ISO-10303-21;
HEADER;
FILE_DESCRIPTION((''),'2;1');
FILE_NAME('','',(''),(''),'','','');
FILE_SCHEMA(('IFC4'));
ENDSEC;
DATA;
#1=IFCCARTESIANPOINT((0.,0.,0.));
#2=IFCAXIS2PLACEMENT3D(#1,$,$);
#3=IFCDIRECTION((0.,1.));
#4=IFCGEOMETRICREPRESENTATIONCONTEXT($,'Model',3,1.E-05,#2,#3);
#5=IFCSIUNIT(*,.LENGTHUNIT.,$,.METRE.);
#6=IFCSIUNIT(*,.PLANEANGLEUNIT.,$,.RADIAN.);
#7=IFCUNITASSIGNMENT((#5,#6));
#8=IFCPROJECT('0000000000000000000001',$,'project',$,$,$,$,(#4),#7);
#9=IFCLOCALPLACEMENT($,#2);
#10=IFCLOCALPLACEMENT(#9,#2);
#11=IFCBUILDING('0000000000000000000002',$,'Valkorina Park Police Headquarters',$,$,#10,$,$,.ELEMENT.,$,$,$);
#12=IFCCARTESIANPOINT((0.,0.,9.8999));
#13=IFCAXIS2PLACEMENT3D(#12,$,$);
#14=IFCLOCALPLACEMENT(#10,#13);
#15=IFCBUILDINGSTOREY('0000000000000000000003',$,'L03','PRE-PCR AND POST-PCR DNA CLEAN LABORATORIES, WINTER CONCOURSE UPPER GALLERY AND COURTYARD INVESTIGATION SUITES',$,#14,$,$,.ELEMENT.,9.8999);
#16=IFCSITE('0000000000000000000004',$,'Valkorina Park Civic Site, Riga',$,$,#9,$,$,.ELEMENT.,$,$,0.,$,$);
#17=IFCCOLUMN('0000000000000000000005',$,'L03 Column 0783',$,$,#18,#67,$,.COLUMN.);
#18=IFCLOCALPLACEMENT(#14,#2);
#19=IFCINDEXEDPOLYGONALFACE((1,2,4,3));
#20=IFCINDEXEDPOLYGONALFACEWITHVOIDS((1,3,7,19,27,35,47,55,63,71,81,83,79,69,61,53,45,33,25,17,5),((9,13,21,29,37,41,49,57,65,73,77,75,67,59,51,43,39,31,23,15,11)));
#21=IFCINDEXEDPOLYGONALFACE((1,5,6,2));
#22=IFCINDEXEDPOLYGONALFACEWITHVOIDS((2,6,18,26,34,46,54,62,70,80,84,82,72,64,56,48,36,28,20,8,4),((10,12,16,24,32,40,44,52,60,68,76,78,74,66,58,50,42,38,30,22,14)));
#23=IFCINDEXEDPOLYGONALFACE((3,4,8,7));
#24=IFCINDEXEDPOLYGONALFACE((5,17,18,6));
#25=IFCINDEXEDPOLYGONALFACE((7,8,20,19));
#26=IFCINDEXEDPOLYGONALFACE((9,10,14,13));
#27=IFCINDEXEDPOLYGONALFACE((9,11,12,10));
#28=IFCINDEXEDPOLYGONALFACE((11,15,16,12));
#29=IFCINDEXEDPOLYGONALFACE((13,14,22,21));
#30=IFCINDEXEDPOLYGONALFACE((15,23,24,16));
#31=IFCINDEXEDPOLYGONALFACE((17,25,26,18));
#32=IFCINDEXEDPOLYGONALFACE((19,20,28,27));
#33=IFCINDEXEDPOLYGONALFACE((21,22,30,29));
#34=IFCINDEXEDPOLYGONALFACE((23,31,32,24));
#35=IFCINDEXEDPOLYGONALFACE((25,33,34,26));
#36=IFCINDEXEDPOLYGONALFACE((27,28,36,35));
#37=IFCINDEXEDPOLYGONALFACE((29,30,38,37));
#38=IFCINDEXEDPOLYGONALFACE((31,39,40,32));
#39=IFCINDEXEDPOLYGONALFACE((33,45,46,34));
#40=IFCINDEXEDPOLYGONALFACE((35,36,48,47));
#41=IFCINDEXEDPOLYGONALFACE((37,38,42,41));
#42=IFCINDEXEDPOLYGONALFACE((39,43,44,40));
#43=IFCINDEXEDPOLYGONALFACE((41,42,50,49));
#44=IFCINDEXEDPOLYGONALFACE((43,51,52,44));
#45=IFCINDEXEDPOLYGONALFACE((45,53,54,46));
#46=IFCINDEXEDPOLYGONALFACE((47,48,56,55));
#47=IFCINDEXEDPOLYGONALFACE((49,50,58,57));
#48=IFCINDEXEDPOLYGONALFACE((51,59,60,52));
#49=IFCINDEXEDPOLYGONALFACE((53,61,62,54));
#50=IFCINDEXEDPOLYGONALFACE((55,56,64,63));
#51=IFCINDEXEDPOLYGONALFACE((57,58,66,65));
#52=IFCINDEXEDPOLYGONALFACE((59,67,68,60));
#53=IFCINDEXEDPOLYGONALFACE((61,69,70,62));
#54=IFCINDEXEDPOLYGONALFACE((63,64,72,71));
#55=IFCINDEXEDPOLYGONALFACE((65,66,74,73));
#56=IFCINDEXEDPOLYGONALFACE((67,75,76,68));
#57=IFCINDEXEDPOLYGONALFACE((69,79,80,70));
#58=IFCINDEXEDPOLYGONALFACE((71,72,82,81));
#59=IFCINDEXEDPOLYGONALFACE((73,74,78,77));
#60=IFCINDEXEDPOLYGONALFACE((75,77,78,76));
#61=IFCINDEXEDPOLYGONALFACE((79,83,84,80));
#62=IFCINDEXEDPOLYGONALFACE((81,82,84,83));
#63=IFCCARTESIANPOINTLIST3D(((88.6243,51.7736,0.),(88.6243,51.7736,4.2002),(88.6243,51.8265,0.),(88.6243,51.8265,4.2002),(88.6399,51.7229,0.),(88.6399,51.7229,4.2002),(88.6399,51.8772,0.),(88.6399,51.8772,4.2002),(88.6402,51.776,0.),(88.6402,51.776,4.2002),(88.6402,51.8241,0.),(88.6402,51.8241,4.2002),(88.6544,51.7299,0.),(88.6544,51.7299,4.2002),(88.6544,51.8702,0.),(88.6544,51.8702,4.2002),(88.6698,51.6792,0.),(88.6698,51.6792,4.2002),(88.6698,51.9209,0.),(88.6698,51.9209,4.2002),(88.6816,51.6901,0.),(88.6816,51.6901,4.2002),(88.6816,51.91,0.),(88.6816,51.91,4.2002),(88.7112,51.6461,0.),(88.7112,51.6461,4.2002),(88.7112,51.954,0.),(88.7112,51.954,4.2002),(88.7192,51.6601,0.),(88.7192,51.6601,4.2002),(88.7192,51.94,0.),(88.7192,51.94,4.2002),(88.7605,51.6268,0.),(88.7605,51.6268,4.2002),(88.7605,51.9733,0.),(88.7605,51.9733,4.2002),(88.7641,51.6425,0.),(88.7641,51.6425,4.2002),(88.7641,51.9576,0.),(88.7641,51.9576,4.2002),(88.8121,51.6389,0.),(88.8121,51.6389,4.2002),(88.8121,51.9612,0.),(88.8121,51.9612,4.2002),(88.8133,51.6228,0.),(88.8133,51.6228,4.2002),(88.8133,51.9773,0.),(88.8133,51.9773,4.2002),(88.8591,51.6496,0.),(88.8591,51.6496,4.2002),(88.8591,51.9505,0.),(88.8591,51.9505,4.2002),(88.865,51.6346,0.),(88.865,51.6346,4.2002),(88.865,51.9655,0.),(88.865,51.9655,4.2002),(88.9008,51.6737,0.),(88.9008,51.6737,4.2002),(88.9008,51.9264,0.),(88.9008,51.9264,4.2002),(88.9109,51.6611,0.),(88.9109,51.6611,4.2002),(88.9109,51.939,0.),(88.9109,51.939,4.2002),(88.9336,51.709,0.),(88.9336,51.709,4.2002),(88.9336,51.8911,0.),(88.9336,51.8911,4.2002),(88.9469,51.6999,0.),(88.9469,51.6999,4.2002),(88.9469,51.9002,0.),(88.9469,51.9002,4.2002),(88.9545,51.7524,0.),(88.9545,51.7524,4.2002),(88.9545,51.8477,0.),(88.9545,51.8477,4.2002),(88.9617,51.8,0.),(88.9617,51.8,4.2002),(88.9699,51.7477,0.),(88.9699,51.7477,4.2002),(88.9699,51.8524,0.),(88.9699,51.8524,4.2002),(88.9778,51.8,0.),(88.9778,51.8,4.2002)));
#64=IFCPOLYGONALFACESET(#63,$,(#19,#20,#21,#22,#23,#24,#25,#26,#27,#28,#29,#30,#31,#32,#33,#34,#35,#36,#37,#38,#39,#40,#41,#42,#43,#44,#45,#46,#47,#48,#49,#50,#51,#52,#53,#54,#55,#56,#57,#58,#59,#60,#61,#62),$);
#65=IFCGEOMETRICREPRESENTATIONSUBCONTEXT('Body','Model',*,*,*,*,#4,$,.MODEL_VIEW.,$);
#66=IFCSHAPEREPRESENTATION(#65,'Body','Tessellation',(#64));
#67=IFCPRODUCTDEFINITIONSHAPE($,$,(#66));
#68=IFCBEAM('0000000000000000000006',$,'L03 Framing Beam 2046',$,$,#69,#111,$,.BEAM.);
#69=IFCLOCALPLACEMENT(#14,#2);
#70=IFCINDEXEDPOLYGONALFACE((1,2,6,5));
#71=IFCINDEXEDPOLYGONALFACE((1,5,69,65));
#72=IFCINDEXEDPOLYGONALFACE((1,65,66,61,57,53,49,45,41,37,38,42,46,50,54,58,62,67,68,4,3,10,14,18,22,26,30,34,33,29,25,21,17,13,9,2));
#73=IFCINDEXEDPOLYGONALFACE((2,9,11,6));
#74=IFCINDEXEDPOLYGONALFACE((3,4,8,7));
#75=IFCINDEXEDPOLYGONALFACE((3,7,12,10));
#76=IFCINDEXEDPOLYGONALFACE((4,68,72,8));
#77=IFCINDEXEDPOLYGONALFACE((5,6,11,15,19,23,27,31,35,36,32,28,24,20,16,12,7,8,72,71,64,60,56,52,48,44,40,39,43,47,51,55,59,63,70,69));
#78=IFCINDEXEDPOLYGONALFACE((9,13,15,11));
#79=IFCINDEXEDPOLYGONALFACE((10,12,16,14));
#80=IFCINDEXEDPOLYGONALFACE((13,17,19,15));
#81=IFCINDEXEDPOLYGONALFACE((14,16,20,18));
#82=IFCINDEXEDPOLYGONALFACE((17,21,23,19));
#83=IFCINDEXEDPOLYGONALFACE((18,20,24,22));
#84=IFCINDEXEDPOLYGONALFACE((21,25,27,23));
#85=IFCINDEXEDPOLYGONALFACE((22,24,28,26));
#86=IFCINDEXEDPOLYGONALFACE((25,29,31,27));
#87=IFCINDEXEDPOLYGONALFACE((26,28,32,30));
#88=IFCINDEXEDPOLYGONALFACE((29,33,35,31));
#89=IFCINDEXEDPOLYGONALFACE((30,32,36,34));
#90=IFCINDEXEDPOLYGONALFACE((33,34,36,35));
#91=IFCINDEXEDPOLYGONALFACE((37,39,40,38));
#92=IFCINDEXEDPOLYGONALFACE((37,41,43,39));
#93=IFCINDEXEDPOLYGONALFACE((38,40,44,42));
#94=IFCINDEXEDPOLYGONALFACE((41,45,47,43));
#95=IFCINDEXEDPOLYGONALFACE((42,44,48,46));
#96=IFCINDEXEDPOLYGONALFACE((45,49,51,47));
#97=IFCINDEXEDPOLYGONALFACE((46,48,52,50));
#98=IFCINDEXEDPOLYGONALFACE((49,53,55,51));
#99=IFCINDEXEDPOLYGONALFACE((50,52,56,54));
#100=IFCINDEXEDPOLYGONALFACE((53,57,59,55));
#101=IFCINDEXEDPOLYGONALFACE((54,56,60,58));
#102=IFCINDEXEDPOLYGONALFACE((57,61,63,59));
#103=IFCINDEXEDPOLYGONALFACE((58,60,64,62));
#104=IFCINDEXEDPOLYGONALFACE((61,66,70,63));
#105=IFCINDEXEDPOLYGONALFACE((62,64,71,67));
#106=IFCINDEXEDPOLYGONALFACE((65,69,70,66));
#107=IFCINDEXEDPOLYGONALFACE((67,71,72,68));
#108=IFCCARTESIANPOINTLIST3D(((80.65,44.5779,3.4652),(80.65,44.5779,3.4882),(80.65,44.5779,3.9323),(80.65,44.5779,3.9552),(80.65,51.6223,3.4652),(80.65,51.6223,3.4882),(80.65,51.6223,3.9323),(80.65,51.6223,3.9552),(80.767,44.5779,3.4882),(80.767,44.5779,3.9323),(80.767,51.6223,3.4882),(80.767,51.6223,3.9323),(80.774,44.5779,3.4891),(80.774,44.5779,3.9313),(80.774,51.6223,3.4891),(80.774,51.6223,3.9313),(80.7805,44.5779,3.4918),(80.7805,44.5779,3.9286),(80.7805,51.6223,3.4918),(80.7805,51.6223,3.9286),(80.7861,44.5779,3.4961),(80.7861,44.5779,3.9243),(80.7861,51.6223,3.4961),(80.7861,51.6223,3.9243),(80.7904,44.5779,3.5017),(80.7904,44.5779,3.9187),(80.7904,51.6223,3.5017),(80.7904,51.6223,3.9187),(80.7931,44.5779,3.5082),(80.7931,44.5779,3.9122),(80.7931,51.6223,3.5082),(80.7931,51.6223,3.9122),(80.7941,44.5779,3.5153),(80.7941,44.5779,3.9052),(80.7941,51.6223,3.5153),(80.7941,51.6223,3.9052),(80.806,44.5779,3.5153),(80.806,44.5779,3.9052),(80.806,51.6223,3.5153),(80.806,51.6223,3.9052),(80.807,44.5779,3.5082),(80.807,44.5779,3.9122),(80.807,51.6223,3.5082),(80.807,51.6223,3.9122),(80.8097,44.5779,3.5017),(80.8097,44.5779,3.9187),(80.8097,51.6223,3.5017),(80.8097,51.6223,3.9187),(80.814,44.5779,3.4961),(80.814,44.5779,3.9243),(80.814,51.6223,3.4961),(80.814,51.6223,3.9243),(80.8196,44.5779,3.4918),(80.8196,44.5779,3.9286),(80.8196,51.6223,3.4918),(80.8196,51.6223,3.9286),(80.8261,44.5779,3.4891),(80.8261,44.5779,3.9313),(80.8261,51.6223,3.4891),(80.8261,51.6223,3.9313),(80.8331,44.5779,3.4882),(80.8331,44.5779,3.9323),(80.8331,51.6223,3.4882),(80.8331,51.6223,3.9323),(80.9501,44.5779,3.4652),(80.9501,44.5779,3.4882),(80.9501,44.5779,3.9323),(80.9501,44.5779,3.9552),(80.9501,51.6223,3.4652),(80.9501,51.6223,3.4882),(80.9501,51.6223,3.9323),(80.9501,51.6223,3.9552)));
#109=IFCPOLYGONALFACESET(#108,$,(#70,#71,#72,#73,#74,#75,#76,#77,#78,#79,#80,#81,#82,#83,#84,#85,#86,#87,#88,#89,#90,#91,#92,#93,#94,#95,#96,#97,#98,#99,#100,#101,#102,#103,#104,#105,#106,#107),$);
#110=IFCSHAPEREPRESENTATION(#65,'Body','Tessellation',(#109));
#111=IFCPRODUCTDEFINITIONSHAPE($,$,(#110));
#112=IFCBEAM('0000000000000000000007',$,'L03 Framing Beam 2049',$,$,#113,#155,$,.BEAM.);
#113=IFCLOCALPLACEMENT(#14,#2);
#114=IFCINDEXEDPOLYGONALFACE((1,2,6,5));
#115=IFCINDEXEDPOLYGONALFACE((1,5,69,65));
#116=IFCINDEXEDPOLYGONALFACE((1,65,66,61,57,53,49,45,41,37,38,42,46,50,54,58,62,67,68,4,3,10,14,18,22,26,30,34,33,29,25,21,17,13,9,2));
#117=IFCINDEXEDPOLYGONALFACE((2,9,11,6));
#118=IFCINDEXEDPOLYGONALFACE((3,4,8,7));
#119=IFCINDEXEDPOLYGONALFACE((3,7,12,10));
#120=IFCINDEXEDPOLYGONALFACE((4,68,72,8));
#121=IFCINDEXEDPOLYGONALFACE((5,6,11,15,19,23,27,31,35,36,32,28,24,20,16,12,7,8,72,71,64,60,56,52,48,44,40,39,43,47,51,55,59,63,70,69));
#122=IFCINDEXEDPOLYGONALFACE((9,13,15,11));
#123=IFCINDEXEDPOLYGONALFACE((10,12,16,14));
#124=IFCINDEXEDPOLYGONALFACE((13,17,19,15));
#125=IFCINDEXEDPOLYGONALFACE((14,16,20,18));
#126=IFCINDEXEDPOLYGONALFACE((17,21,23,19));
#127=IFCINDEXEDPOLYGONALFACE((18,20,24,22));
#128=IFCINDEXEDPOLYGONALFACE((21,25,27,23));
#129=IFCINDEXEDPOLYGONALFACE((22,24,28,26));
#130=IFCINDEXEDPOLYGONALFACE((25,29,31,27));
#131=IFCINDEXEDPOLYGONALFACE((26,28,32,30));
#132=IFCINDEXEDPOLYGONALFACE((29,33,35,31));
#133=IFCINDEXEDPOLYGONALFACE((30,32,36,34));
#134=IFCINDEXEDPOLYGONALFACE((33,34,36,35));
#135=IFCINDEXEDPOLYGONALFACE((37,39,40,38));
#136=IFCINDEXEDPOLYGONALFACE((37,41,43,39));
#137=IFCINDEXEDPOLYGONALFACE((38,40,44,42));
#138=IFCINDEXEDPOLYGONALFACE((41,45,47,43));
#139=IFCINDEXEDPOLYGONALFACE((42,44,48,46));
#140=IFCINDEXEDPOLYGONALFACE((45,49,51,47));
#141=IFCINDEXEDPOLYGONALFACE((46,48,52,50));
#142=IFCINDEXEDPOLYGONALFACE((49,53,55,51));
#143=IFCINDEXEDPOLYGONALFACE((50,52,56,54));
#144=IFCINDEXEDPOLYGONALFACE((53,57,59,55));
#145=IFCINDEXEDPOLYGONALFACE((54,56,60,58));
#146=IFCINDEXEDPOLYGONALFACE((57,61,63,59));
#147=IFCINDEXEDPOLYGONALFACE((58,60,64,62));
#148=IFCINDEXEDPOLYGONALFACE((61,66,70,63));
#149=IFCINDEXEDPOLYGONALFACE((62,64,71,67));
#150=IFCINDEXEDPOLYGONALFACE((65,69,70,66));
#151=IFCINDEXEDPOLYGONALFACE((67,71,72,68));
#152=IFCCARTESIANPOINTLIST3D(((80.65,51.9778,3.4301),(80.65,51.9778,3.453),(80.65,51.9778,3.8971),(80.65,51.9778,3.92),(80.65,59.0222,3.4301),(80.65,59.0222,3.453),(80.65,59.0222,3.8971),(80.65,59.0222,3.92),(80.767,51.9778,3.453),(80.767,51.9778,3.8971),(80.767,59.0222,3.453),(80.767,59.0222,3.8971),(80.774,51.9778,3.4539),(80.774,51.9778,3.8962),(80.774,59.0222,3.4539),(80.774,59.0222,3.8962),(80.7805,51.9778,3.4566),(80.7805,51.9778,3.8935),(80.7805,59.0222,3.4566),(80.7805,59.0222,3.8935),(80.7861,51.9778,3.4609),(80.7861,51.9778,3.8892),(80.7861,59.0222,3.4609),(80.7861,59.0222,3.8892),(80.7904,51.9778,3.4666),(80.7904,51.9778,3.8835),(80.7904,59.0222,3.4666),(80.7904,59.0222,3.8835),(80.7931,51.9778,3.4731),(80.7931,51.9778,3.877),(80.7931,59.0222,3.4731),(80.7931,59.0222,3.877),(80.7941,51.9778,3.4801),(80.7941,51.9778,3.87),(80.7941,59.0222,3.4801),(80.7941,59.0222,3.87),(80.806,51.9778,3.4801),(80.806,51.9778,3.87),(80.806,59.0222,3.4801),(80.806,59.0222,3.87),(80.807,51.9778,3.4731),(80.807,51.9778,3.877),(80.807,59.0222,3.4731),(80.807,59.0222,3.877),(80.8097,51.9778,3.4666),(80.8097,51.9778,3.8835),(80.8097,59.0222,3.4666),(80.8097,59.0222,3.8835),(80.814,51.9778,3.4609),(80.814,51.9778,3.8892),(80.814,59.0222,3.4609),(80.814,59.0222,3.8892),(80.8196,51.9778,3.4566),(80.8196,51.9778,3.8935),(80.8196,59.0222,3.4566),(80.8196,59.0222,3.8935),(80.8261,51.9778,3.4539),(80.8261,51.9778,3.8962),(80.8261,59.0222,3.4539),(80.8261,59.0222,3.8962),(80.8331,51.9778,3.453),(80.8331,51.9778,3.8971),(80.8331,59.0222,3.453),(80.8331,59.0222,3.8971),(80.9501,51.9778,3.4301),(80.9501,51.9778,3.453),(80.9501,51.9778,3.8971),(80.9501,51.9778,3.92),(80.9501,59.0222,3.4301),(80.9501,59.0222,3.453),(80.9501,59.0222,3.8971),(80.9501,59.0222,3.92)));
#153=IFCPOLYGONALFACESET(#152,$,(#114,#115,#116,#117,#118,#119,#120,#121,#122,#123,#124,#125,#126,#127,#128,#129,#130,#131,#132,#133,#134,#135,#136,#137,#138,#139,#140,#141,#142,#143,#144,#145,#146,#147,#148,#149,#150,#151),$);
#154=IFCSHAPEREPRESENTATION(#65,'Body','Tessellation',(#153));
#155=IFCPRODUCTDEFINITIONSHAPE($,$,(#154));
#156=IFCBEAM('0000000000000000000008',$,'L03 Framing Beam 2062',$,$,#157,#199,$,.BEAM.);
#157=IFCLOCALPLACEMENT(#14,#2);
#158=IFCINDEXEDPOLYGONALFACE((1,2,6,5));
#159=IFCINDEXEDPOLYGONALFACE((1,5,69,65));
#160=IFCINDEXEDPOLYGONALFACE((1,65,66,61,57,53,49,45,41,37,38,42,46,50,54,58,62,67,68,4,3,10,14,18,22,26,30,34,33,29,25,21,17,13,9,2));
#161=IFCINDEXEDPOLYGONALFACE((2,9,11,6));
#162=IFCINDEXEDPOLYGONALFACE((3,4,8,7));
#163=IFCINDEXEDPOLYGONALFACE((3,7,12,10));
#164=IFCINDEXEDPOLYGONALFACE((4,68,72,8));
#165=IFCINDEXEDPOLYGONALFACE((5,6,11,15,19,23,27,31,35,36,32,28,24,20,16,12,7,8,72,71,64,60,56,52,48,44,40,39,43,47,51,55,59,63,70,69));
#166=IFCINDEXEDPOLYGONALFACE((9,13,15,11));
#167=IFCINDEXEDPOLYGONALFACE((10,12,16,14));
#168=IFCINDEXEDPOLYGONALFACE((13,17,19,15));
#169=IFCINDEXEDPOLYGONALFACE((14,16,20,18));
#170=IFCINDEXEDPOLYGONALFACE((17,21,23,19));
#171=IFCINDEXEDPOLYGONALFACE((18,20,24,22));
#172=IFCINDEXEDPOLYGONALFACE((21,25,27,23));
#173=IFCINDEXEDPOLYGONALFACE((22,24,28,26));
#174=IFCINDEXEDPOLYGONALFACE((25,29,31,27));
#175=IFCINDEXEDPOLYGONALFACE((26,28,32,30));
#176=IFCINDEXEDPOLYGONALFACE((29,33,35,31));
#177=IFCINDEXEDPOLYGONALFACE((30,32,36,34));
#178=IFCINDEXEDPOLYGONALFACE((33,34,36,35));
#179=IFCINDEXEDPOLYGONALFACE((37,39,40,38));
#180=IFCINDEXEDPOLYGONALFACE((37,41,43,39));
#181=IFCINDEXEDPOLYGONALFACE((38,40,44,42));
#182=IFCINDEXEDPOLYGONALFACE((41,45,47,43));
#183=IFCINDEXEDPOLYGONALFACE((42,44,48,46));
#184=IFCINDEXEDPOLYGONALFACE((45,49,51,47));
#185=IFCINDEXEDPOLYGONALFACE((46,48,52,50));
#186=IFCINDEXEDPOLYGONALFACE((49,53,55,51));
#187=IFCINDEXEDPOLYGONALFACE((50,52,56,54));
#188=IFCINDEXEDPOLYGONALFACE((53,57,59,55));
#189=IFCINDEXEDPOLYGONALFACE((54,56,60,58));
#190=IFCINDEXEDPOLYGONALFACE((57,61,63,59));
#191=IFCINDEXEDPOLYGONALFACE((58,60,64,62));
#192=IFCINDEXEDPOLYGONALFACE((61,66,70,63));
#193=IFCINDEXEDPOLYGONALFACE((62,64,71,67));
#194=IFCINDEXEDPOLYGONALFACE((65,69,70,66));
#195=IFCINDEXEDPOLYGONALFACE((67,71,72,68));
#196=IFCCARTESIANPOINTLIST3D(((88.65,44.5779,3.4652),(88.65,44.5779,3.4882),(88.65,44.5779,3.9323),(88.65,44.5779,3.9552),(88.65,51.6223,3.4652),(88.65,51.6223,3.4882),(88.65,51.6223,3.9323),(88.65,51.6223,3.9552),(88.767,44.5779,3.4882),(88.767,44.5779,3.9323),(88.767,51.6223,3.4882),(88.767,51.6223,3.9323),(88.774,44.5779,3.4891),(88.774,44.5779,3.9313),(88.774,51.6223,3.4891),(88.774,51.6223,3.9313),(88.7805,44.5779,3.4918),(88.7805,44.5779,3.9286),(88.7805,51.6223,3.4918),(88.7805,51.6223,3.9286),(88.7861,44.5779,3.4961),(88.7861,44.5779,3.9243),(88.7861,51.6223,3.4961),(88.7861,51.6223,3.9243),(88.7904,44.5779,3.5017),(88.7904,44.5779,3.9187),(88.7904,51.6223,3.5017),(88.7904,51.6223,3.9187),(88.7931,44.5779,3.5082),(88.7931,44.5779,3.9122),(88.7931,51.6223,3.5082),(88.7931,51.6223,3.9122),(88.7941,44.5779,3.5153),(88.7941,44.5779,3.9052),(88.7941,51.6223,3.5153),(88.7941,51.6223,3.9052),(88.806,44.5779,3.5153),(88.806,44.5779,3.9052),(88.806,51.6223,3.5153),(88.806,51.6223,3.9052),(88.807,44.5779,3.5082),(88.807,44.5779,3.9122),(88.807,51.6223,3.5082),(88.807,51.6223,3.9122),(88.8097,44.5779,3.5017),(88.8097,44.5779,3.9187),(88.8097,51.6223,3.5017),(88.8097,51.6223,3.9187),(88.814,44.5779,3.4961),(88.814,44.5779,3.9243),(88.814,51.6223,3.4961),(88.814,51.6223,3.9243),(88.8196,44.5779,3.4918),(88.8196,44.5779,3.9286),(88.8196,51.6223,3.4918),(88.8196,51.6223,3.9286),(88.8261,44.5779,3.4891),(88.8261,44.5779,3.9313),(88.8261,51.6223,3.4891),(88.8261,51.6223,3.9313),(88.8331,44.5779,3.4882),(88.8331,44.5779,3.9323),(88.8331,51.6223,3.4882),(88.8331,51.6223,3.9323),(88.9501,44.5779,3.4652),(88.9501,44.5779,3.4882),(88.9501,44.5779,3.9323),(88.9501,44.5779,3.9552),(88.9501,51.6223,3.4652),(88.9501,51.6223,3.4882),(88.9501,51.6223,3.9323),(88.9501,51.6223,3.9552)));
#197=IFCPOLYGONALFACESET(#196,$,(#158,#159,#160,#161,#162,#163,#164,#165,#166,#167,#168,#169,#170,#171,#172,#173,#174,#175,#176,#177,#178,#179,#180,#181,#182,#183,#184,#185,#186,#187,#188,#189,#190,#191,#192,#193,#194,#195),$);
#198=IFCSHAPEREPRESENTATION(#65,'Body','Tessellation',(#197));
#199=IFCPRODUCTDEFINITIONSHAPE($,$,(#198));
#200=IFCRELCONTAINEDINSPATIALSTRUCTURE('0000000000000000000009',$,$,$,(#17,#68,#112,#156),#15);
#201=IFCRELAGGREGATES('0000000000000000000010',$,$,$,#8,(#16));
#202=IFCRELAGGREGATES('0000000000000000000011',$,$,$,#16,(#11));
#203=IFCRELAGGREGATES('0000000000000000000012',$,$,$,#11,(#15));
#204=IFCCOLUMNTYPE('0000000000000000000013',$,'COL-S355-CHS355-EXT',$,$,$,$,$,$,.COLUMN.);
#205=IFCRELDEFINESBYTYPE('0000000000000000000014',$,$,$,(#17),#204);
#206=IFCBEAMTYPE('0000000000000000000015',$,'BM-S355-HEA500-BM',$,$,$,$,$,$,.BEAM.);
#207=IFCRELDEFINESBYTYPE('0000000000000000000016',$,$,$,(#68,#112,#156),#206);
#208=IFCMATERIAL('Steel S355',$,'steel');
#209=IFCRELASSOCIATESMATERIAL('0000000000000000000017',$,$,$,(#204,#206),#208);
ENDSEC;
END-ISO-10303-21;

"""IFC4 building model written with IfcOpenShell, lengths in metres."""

from ifc_helpers import new_model, si_unit, direction, frame, origin, origin_2d, place, context, subcontext, project, spatial, hollow_circle, i_section, extrude, material, material_profile, profile_set, type_object, element, save


model = new_model("IFC4")

# Units and contexts
model_context = context("Model", 3, precision=1e-05, world=origin(), true_north=direction((0.0, 1.0)))
body_context = subcontext(model_context, "Body", "Model", "MODEL_VIEW")
ifc_project = project(units=[si_unit("LENGTHUNIT", "METRE"), si_unit("PLANEANGLEUNIT", "RADIAN")], contexts=[model_context])

# Site, building, storey
site_placement = place(None, origin())
site = spatial("IfcSite", under=ifc_project, at=site_placement, Name="Valkorina Park Civic Site, Riga", CompositionType="ELEMENT", RefElevation=0.0)
building_placement = place(site_placement, origin())
building = spatial("IfcBuilding", under=site, at=building_placement, Name="Valkorina Park Police Headquarters", CompositionType="ELEMENT")
storey_placement = place(building_placement, frame((0.0, 0.0, 9.8999)))
storey = spatial("IfcBuildingStorey", under=building, at=storey_placement, Name="L03", Description="PRE-PCR AND POST-PCR DNA CLEAN LABORATORIES, WINTER CONCOURSE UPPER GALLERY AND COURTYARD INVESTIGATION SUITES", CompositionType="ELEMENT", Elevation=9.8999)

# Column
ifc_material_1 = material(Name="Steel S355", Category="steel")
ifc_material_profile_1 = material_profile(ifc_material_1, hollow_circle(Radius=0.1777, WallThickness=0.0161, at=origin_2d()), Name="CHS 355.6x16")
ifc_profile_set_1 = profile_set([ifc_material_profile_1], Name="Steel S355")
column_type = type_object("IfcColumnType", Name="COL-S355-CHS355-EXT", PredefinedType="COLUMN", material=ifc_profile_set_1)
for number, where, z_axis, x_axis, name in (
    (1, (88.8, 51.8, 0.0), (0.0, 0.0, 1.0), (1.0, 0.0, 0.0), "L03 Column 0783"),
):
    element("IfcColumn", number, at=place(storey_placement, frame(where, z_axis=z_axis, x_axis=x_axis)), inside=storey, type_object=column_type, Name=name, PredefinedType="COLUMN", context=body_context, shape_type="SweptSolid", body=[
        extrude(hollow_circle(Radius=0.1777, WallThickness=0.0161, at=origin_2d()), origin(), (0.0, 0.0, 1.0), 4.2002),
    ])

# Beams
ifc_material_profile_2 = material_profile(ifc_material_1, i_section(OverallWidth=0.3, OverallDepth=0.49, WebThickness=0.012, FlangeThickness=0.0229, FilletRadius=0.0271, at=origin_2d()), Name="HEA 500")
ifc_profile_set_2 = profile_set([ifc_material_profile_2], Name="Steel S355")
beam_type_1 = type_object("IfcBeamType", Name="BM-S355-HEA500-BM", PredefinedType="BEAM", material=ifc_profile_set_2)
for number, where, z_axis, x_axis, name in (
    (2, (80.8, 44.5779, 3.7102), (0.0, 1.0, 0.0), (-1.0, 0.0, 0.0), "L03 Framing Beam 2046"),
    (3, (80.8, 51.9778, 3.675), (0.0, 1.0, 0.0), (-1.0, 0.0, 0.0), "L03 Framing Beam 2049"),
    (4, (88.8, 44.5779, 3.7102), (0.0, 1.0, 0.0), (-1.0, 0.0, 0.0), "L03 Framing Beam 2062"),
):
    element("IfcBeam", number, at=place(storey_placement, frame(where, z_axis=z_axis, x_axis=x_axis)), inside=storey, type_object=beam_type_1, Name=name, PredefinedType="BEAM", context=body_context, shape_type="SweptSolid", body=[
        extrude(i_section(OverallWidth=0.3, OverallDepth=0.49, WebThickness=0.012, FlangeThickness=0.0229, FilletRadius=0.0271, at=origin_2d()), origin(), (0.0, 0.0, 1.0), 7.0444),
    ])

save(model, "model.ifc")
